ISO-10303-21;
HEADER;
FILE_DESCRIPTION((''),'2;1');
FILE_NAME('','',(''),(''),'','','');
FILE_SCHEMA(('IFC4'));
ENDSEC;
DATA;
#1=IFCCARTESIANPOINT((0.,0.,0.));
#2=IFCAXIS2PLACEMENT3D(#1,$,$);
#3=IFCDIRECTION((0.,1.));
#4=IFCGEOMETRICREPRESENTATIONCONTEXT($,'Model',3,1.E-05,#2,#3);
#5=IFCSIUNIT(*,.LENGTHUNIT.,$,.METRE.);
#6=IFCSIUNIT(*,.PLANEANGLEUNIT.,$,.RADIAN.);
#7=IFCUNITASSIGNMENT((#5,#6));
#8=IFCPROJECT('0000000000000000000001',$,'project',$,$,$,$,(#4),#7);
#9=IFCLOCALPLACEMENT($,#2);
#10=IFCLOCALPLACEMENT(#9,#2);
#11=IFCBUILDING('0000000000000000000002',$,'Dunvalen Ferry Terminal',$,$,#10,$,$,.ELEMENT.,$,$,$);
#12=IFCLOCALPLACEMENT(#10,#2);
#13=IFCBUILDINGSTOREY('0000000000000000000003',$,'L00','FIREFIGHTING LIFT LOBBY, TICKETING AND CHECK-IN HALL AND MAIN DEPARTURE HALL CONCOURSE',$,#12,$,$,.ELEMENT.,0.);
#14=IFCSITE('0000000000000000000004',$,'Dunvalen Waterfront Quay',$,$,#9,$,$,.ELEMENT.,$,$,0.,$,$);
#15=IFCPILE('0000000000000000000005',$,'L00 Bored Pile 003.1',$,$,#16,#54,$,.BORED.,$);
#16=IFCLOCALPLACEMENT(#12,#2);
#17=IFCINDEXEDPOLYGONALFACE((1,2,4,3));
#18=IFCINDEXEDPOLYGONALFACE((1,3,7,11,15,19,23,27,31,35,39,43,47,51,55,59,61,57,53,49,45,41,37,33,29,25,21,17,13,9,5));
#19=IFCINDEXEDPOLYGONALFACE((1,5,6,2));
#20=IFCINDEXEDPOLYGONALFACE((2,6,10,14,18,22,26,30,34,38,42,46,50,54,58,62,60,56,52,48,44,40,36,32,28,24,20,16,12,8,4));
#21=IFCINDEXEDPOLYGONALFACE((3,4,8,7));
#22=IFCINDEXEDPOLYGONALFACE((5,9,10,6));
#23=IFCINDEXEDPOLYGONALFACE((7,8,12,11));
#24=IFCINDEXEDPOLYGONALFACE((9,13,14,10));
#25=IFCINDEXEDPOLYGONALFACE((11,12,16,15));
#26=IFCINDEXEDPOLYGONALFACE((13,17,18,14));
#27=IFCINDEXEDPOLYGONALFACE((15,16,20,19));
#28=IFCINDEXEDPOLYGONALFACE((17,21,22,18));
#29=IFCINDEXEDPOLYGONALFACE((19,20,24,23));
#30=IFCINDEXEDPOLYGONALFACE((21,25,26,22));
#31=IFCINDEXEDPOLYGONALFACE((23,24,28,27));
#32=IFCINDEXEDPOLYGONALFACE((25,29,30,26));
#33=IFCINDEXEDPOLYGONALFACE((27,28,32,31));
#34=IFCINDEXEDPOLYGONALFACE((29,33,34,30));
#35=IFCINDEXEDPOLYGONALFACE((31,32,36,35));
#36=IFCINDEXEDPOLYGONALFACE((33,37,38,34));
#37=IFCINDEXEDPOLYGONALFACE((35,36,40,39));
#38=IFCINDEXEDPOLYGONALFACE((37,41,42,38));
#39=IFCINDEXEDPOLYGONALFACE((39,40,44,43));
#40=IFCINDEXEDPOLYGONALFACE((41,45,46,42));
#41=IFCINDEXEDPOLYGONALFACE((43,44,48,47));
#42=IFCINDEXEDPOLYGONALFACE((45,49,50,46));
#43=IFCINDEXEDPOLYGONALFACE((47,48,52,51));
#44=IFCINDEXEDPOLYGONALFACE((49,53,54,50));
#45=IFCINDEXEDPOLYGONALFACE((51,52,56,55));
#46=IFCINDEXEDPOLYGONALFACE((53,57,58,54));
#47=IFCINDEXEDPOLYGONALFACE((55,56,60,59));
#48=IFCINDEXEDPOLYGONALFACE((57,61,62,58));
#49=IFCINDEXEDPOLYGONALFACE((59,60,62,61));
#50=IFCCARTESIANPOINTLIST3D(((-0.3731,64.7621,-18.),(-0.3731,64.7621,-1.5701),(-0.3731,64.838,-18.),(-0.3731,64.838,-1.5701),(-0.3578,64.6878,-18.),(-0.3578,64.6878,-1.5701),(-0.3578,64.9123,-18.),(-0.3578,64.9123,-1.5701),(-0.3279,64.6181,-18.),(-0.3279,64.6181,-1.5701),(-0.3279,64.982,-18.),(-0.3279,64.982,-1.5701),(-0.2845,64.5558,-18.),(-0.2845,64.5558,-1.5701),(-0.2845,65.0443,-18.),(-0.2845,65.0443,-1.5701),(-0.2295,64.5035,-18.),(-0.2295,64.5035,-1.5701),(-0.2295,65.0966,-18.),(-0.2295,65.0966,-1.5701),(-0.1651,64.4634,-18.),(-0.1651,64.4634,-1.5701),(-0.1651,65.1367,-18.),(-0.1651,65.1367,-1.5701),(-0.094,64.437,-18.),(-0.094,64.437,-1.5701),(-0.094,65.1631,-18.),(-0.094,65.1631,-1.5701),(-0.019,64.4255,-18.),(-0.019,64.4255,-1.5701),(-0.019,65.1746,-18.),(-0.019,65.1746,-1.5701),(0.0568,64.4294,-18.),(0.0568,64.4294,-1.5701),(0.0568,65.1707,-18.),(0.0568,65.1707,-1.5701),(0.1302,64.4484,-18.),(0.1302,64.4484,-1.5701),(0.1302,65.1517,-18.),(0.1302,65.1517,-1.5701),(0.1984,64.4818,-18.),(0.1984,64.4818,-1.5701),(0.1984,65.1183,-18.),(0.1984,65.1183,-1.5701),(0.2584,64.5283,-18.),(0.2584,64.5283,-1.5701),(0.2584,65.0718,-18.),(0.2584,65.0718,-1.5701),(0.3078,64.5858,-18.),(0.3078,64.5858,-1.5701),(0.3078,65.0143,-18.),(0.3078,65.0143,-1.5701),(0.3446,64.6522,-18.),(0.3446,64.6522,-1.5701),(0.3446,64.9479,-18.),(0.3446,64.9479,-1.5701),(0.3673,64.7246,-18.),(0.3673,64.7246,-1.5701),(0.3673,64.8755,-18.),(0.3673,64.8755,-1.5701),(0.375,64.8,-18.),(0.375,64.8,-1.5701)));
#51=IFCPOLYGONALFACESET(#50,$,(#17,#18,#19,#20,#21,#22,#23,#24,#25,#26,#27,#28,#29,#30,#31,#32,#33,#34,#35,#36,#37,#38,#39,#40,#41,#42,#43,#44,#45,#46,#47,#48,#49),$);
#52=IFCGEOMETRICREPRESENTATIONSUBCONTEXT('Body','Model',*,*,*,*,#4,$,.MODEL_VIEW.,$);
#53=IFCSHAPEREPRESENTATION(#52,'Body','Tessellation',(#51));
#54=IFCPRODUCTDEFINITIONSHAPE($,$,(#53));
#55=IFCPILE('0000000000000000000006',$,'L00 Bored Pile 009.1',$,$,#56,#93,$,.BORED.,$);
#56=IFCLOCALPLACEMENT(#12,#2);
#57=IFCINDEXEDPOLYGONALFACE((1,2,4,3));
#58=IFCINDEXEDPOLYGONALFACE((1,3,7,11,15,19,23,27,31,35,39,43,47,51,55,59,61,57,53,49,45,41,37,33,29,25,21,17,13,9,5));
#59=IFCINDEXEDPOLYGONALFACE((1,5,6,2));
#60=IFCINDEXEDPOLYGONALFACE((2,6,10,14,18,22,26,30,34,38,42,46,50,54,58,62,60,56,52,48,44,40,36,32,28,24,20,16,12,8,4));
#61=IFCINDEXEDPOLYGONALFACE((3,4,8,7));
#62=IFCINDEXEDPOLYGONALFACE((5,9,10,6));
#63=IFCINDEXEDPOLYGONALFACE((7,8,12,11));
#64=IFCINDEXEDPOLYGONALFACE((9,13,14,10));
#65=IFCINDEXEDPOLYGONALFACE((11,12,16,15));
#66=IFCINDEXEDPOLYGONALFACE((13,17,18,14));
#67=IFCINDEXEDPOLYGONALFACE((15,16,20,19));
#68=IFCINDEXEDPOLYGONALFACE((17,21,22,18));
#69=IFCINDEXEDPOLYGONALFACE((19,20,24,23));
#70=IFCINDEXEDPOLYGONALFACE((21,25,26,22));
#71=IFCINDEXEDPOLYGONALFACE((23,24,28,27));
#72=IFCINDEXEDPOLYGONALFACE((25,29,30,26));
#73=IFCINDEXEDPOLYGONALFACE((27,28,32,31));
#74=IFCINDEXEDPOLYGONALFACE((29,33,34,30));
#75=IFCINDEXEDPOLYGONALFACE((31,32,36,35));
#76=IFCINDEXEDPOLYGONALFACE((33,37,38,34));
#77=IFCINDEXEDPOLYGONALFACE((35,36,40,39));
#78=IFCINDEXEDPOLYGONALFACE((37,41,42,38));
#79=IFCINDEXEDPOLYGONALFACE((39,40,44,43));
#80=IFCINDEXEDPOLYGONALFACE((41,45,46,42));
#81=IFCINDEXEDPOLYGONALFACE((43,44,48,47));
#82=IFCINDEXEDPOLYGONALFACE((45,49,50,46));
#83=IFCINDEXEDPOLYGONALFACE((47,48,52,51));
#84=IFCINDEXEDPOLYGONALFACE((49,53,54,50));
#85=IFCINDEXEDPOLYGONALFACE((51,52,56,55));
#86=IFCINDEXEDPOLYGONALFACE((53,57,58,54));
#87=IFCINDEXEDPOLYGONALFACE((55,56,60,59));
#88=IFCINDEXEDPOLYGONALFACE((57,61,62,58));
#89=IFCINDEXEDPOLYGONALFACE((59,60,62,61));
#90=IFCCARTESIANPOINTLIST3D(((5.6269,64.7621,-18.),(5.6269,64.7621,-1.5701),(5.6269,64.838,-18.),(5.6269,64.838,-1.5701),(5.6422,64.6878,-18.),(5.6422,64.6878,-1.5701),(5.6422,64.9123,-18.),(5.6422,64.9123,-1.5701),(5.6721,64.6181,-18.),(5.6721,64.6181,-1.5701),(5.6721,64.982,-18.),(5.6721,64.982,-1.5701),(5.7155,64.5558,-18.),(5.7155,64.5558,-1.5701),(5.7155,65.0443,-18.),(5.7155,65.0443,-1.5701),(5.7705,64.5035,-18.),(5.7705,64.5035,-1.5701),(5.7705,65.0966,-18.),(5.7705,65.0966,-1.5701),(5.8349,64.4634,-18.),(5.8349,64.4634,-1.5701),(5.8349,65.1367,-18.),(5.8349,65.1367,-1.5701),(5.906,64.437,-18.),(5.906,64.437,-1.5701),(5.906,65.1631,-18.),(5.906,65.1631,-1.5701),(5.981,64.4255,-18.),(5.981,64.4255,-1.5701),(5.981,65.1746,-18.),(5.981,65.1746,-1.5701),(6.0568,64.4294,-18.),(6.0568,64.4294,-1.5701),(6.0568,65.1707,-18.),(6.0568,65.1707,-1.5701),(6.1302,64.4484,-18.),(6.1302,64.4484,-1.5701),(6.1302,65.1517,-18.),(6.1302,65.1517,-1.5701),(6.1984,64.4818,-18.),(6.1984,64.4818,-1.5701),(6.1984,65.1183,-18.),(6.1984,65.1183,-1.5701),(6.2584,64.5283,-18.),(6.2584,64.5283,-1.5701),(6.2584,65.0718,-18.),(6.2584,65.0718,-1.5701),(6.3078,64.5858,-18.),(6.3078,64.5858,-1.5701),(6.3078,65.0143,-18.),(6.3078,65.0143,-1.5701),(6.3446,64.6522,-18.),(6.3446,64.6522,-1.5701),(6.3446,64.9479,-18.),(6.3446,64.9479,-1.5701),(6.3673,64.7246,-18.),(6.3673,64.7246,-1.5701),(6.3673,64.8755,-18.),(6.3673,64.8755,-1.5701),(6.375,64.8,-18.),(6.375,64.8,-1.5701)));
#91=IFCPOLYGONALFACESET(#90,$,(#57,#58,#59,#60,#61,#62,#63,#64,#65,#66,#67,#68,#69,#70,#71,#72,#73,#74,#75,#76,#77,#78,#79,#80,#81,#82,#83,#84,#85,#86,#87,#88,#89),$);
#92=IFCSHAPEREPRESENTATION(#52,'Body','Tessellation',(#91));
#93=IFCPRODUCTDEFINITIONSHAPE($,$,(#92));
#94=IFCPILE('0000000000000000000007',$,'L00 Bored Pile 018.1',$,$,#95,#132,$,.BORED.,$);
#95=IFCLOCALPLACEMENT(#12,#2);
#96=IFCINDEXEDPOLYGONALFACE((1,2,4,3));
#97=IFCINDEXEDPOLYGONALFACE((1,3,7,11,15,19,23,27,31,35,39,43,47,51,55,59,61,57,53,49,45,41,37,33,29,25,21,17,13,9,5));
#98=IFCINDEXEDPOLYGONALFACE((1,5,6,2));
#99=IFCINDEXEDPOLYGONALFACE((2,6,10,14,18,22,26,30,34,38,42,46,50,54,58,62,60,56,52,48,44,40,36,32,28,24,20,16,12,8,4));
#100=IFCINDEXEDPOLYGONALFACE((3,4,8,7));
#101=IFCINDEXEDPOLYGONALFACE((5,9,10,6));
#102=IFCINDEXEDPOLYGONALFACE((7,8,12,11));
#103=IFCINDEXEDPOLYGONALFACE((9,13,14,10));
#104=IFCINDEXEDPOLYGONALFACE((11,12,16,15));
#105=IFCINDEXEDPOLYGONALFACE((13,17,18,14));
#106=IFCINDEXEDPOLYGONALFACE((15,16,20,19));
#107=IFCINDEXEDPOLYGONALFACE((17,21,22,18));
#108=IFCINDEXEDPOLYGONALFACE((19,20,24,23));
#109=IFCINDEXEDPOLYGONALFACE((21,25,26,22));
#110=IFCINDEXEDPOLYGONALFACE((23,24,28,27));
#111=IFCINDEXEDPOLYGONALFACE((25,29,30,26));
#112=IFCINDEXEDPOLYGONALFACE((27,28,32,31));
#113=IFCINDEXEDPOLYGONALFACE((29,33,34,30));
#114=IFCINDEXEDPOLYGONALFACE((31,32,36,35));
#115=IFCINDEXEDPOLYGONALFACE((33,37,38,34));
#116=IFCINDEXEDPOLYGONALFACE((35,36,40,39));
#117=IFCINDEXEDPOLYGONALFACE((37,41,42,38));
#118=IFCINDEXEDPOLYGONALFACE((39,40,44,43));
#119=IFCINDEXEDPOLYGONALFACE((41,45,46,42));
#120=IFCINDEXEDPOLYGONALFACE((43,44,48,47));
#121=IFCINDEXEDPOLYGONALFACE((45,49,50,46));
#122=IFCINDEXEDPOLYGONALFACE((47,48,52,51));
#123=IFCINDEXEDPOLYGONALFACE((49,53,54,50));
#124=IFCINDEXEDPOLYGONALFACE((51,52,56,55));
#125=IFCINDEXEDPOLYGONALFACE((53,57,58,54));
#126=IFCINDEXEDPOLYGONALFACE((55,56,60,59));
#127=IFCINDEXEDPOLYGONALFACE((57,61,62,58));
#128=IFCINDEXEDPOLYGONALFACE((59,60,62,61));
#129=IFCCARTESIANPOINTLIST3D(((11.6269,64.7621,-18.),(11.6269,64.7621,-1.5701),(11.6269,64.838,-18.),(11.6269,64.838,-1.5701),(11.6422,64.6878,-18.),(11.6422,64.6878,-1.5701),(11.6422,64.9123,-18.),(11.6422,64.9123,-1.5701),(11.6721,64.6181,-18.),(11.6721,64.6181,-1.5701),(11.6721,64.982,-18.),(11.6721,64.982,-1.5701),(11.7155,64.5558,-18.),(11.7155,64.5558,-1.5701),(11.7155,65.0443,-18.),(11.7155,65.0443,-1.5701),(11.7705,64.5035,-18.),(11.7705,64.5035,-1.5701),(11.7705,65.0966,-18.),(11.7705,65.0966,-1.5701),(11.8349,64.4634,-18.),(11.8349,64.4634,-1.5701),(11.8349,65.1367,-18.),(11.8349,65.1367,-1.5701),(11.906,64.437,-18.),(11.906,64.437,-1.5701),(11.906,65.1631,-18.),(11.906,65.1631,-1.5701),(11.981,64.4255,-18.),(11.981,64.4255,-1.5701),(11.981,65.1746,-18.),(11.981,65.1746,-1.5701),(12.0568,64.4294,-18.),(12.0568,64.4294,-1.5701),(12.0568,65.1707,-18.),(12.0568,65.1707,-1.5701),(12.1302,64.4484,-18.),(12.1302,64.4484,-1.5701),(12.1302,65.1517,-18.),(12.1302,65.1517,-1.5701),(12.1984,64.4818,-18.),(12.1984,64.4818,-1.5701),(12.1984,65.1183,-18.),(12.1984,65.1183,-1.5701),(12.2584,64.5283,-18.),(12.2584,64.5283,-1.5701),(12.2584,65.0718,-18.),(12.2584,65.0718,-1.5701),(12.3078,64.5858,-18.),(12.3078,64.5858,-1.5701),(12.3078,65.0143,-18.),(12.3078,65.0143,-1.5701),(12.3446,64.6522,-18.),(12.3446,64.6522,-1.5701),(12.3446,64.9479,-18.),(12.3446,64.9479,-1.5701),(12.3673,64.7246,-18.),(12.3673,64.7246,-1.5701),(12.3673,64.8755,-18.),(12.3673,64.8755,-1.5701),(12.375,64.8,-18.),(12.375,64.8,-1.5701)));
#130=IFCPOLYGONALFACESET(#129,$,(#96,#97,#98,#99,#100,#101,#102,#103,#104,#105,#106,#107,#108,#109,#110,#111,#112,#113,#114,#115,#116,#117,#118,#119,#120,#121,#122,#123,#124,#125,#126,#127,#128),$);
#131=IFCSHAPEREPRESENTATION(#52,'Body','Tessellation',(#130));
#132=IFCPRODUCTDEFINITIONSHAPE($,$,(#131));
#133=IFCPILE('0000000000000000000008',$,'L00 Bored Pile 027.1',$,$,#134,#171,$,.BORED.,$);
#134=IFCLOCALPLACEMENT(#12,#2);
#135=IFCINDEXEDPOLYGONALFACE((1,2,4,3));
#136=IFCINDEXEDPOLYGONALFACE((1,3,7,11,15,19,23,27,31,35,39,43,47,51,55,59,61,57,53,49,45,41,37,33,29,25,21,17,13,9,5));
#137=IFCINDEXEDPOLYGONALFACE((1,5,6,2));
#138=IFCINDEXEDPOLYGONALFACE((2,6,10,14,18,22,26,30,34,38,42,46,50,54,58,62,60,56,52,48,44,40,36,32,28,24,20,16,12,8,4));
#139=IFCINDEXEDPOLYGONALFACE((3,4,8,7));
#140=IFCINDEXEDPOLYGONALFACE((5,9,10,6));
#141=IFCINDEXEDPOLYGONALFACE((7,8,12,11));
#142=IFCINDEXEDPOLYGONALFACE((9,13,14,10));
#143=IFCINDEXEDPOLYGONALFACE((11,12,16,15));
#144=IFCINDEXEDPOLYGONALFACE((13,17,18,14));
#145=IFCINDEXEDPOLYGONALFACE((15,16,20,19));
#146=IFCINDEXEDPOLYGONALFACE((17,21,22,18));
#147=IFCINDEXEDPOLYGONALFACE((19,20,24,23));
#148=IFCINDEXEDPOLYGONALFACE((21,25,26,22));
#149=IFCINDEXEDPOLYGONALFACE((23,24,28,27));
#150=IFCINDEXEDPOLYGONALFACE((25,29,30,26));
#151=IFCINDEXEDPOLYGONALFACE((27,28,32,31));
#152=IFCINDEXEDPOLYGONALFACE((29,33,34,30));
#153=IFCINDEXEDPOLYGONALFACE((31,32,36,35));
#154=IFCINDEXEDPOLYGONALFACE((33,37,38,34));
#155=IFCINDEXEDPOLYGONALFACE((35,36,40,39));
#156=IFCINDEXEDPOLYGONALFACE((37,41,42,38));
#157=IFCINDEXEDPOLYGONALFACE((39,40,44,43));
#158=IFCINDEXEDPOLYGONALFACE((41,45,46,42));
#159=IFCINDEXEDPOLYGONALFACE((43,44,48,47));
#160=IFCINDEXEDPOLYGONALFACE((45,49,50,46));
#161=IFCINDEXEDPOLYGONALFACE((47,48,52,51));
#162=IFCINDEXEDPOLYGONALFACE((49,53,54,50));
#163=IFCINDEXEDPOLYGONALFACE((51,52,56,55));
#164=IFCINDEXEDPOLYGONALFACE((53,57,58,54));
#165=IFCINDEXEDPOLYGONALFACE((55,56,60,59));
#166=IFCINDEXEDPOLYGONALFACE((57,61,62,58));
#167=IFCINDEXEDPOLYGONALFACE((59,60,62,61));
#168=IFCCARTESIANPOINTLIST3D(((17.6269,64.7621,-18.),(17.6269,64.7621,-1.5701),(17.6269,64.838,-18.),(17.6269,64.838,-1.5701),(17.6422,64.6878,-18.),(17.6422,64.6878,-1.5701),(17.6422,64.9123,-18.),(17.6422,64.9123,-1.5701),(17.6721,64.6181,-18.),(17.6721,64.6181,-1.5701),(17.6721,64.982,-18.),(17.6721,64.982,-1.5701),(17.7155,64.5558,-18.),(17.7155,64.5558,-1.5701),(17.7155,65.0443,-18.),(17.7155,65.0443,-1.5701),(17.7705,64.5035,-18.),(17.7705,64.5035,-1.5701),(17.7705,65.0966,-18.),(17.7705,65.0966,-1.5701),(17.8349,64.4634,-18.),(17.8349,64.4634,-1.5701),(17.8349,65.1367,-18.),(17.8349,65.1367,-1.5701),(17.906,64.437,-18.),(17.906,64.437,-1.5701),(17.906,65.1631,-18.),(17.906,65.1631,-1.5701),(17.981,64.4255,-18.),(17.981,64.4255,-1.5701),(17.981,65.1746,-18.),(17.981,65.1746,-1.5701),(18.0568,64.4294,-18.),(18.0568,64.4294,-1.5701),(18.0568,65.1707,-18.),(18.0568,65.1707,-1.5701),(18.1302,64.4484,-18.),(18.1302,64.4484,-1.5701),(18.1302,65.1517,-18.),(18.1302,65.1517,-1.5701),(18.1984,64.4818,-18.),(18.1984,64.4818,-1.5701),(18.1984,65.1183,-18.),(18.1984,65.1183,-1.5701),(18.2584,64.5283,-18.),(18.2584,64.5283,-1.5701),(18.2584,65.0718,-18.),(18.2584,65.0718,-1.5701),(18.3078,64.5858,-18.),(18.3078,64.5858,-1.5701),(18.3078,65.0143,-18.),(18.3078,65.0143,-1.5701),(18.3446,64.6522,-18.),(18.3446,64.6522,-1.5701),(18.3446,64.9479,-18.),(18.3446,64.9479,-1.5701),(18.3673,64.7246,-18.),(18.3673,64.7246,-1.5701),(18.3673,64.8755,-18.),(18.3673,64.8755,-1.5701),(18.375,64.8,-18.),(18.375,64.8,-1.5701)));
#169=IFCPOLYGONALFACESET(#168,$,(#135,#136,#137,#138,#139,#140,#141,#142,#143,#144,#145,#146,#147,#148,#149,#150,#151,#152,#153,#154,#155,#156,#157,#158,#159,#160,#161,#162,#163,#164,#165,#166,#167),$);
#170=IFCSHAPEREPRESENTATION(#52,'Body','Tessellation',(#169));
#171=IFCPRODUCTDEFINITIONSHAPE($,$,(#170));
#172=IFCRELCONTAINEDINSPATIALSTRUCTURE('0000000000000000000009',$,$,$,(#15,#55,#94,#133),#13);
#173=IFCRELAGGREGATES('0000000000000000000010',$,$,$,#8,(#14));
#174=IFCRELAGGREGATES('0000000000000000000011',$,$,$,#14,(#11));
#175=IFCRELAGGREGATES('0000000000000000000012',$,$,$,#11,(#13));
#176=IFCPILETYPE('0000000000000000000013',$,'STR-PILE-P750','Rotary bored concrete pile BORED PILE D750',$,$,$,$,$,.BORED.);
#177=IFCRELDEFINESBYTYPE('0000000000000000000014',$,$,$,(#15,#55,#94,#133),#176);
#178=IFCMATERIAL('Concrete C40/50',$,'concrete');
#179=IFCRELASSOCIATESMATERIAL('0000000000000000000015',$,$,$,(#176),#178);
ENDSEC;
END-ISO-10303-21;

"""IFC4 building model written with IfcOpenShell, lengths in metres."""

from ifc_helpers import new_model, si_unit, direction, frame, origin, origin_2d, place, context, subcontext, project, spatial, circle, extrude, material, material_profile, profile_set, type_object, element, save


model = new_model("IFC4")

# Units and contexts
model_context = context("Model", 3, precision=1e-05, world=origin(), true_north=direction((0.0, 1.0)))
body_context = subcontext(model_context, "Body", "Model", "MODEL_VIEW")
ifc_project = project(units=[si_unit("LENGTHUNIT", "METRE"), si_unit("PLANEANGLEUNIT", "RADIAN")], contexts=[model_context])

# Site, building, storey
site_placement = place(None, origin())
site = spatial("IfcSite", under=ifc_project, at=site_placement, Name="Dunvalen Waterfront Quay", CompositionType="ELEMENT", RefElevation=0.0)
building_placement = place(site_placement, origin())
building = spatial("IfcBuilding", under=site, at=building_placement, Name="Dunvalen Ferry Terminal", CompositionType="ELEMENT")
storey_placement = place(building_placement, origin())
storey = spatial("IfcBuildingStorey", under=building, at=storey_placement, Name="L00", Description="FIREFIGHTING LIFT LOBBY, TICKETING AND CHECK-IN HALL AND MAIN DEPARTURE HALL CONCOURSE", CompositionType="ELEMENT", Elevation=0.0)

# Shared definitions
ifc_material_1 = material(Name="Concrete C40/50", Category="concrete")

# Piles
ifc_material_profile_1 = material_profile(ifc_material_1, circle(Radius=0.375, at=origin_2d()), Name="Concrete C40/50")
ifc_profile_set_1 = profile_set([ifc_material_profile_1], Name="Concrete C40/50")
pile_type = type_object("IfcPileType", Name="STR-PILE-P750", Description="Rotary bored concrete pile BORED PILE D750", PredefinedType="BORED", material=ifc_profile_set_1)
for number, where, z_axis, x_axis, name in (
    (1, (0.0, 64.8, -1.5701), (0.0, 0.0, -1.0), (1.0, 0.0, 0.0), "L00 Bored Pile 003.1"),
    (2, (6.0, 64.8, -1.5701), (0.0, 0.0, -1.0), (1.0, 0.0, 0.0), "L00 Bored Pile 009.1"),
    (3, (12.0, 64.8, -1.5701), (0.0, 0.0, -1.0), (1.0, 0.0, 0.0), "L00 Bored Pile 018.1"),
    (4, (18.0, 64.8, -1.5701), (0.0, 0.0, -1.0), (1.0, 0.0, 0.0), "L00 Bored Pile 027.1"),
):
    element("IfcPile", number, at=place(storey_placement, frame(where, z_axis=z_axis, x_axis=x_axis)), inside=storey, type_object=pile_type, Name=name, PredefinedType="BORED", context=body_context, shape_type="SweptSolid", body=[
        extrude(circle(Radius=0.375, at=origin_2d()), origin(), (0.0, 0.0, 1.0), 16.4299),
    ])

save(model, "model.ifc")
